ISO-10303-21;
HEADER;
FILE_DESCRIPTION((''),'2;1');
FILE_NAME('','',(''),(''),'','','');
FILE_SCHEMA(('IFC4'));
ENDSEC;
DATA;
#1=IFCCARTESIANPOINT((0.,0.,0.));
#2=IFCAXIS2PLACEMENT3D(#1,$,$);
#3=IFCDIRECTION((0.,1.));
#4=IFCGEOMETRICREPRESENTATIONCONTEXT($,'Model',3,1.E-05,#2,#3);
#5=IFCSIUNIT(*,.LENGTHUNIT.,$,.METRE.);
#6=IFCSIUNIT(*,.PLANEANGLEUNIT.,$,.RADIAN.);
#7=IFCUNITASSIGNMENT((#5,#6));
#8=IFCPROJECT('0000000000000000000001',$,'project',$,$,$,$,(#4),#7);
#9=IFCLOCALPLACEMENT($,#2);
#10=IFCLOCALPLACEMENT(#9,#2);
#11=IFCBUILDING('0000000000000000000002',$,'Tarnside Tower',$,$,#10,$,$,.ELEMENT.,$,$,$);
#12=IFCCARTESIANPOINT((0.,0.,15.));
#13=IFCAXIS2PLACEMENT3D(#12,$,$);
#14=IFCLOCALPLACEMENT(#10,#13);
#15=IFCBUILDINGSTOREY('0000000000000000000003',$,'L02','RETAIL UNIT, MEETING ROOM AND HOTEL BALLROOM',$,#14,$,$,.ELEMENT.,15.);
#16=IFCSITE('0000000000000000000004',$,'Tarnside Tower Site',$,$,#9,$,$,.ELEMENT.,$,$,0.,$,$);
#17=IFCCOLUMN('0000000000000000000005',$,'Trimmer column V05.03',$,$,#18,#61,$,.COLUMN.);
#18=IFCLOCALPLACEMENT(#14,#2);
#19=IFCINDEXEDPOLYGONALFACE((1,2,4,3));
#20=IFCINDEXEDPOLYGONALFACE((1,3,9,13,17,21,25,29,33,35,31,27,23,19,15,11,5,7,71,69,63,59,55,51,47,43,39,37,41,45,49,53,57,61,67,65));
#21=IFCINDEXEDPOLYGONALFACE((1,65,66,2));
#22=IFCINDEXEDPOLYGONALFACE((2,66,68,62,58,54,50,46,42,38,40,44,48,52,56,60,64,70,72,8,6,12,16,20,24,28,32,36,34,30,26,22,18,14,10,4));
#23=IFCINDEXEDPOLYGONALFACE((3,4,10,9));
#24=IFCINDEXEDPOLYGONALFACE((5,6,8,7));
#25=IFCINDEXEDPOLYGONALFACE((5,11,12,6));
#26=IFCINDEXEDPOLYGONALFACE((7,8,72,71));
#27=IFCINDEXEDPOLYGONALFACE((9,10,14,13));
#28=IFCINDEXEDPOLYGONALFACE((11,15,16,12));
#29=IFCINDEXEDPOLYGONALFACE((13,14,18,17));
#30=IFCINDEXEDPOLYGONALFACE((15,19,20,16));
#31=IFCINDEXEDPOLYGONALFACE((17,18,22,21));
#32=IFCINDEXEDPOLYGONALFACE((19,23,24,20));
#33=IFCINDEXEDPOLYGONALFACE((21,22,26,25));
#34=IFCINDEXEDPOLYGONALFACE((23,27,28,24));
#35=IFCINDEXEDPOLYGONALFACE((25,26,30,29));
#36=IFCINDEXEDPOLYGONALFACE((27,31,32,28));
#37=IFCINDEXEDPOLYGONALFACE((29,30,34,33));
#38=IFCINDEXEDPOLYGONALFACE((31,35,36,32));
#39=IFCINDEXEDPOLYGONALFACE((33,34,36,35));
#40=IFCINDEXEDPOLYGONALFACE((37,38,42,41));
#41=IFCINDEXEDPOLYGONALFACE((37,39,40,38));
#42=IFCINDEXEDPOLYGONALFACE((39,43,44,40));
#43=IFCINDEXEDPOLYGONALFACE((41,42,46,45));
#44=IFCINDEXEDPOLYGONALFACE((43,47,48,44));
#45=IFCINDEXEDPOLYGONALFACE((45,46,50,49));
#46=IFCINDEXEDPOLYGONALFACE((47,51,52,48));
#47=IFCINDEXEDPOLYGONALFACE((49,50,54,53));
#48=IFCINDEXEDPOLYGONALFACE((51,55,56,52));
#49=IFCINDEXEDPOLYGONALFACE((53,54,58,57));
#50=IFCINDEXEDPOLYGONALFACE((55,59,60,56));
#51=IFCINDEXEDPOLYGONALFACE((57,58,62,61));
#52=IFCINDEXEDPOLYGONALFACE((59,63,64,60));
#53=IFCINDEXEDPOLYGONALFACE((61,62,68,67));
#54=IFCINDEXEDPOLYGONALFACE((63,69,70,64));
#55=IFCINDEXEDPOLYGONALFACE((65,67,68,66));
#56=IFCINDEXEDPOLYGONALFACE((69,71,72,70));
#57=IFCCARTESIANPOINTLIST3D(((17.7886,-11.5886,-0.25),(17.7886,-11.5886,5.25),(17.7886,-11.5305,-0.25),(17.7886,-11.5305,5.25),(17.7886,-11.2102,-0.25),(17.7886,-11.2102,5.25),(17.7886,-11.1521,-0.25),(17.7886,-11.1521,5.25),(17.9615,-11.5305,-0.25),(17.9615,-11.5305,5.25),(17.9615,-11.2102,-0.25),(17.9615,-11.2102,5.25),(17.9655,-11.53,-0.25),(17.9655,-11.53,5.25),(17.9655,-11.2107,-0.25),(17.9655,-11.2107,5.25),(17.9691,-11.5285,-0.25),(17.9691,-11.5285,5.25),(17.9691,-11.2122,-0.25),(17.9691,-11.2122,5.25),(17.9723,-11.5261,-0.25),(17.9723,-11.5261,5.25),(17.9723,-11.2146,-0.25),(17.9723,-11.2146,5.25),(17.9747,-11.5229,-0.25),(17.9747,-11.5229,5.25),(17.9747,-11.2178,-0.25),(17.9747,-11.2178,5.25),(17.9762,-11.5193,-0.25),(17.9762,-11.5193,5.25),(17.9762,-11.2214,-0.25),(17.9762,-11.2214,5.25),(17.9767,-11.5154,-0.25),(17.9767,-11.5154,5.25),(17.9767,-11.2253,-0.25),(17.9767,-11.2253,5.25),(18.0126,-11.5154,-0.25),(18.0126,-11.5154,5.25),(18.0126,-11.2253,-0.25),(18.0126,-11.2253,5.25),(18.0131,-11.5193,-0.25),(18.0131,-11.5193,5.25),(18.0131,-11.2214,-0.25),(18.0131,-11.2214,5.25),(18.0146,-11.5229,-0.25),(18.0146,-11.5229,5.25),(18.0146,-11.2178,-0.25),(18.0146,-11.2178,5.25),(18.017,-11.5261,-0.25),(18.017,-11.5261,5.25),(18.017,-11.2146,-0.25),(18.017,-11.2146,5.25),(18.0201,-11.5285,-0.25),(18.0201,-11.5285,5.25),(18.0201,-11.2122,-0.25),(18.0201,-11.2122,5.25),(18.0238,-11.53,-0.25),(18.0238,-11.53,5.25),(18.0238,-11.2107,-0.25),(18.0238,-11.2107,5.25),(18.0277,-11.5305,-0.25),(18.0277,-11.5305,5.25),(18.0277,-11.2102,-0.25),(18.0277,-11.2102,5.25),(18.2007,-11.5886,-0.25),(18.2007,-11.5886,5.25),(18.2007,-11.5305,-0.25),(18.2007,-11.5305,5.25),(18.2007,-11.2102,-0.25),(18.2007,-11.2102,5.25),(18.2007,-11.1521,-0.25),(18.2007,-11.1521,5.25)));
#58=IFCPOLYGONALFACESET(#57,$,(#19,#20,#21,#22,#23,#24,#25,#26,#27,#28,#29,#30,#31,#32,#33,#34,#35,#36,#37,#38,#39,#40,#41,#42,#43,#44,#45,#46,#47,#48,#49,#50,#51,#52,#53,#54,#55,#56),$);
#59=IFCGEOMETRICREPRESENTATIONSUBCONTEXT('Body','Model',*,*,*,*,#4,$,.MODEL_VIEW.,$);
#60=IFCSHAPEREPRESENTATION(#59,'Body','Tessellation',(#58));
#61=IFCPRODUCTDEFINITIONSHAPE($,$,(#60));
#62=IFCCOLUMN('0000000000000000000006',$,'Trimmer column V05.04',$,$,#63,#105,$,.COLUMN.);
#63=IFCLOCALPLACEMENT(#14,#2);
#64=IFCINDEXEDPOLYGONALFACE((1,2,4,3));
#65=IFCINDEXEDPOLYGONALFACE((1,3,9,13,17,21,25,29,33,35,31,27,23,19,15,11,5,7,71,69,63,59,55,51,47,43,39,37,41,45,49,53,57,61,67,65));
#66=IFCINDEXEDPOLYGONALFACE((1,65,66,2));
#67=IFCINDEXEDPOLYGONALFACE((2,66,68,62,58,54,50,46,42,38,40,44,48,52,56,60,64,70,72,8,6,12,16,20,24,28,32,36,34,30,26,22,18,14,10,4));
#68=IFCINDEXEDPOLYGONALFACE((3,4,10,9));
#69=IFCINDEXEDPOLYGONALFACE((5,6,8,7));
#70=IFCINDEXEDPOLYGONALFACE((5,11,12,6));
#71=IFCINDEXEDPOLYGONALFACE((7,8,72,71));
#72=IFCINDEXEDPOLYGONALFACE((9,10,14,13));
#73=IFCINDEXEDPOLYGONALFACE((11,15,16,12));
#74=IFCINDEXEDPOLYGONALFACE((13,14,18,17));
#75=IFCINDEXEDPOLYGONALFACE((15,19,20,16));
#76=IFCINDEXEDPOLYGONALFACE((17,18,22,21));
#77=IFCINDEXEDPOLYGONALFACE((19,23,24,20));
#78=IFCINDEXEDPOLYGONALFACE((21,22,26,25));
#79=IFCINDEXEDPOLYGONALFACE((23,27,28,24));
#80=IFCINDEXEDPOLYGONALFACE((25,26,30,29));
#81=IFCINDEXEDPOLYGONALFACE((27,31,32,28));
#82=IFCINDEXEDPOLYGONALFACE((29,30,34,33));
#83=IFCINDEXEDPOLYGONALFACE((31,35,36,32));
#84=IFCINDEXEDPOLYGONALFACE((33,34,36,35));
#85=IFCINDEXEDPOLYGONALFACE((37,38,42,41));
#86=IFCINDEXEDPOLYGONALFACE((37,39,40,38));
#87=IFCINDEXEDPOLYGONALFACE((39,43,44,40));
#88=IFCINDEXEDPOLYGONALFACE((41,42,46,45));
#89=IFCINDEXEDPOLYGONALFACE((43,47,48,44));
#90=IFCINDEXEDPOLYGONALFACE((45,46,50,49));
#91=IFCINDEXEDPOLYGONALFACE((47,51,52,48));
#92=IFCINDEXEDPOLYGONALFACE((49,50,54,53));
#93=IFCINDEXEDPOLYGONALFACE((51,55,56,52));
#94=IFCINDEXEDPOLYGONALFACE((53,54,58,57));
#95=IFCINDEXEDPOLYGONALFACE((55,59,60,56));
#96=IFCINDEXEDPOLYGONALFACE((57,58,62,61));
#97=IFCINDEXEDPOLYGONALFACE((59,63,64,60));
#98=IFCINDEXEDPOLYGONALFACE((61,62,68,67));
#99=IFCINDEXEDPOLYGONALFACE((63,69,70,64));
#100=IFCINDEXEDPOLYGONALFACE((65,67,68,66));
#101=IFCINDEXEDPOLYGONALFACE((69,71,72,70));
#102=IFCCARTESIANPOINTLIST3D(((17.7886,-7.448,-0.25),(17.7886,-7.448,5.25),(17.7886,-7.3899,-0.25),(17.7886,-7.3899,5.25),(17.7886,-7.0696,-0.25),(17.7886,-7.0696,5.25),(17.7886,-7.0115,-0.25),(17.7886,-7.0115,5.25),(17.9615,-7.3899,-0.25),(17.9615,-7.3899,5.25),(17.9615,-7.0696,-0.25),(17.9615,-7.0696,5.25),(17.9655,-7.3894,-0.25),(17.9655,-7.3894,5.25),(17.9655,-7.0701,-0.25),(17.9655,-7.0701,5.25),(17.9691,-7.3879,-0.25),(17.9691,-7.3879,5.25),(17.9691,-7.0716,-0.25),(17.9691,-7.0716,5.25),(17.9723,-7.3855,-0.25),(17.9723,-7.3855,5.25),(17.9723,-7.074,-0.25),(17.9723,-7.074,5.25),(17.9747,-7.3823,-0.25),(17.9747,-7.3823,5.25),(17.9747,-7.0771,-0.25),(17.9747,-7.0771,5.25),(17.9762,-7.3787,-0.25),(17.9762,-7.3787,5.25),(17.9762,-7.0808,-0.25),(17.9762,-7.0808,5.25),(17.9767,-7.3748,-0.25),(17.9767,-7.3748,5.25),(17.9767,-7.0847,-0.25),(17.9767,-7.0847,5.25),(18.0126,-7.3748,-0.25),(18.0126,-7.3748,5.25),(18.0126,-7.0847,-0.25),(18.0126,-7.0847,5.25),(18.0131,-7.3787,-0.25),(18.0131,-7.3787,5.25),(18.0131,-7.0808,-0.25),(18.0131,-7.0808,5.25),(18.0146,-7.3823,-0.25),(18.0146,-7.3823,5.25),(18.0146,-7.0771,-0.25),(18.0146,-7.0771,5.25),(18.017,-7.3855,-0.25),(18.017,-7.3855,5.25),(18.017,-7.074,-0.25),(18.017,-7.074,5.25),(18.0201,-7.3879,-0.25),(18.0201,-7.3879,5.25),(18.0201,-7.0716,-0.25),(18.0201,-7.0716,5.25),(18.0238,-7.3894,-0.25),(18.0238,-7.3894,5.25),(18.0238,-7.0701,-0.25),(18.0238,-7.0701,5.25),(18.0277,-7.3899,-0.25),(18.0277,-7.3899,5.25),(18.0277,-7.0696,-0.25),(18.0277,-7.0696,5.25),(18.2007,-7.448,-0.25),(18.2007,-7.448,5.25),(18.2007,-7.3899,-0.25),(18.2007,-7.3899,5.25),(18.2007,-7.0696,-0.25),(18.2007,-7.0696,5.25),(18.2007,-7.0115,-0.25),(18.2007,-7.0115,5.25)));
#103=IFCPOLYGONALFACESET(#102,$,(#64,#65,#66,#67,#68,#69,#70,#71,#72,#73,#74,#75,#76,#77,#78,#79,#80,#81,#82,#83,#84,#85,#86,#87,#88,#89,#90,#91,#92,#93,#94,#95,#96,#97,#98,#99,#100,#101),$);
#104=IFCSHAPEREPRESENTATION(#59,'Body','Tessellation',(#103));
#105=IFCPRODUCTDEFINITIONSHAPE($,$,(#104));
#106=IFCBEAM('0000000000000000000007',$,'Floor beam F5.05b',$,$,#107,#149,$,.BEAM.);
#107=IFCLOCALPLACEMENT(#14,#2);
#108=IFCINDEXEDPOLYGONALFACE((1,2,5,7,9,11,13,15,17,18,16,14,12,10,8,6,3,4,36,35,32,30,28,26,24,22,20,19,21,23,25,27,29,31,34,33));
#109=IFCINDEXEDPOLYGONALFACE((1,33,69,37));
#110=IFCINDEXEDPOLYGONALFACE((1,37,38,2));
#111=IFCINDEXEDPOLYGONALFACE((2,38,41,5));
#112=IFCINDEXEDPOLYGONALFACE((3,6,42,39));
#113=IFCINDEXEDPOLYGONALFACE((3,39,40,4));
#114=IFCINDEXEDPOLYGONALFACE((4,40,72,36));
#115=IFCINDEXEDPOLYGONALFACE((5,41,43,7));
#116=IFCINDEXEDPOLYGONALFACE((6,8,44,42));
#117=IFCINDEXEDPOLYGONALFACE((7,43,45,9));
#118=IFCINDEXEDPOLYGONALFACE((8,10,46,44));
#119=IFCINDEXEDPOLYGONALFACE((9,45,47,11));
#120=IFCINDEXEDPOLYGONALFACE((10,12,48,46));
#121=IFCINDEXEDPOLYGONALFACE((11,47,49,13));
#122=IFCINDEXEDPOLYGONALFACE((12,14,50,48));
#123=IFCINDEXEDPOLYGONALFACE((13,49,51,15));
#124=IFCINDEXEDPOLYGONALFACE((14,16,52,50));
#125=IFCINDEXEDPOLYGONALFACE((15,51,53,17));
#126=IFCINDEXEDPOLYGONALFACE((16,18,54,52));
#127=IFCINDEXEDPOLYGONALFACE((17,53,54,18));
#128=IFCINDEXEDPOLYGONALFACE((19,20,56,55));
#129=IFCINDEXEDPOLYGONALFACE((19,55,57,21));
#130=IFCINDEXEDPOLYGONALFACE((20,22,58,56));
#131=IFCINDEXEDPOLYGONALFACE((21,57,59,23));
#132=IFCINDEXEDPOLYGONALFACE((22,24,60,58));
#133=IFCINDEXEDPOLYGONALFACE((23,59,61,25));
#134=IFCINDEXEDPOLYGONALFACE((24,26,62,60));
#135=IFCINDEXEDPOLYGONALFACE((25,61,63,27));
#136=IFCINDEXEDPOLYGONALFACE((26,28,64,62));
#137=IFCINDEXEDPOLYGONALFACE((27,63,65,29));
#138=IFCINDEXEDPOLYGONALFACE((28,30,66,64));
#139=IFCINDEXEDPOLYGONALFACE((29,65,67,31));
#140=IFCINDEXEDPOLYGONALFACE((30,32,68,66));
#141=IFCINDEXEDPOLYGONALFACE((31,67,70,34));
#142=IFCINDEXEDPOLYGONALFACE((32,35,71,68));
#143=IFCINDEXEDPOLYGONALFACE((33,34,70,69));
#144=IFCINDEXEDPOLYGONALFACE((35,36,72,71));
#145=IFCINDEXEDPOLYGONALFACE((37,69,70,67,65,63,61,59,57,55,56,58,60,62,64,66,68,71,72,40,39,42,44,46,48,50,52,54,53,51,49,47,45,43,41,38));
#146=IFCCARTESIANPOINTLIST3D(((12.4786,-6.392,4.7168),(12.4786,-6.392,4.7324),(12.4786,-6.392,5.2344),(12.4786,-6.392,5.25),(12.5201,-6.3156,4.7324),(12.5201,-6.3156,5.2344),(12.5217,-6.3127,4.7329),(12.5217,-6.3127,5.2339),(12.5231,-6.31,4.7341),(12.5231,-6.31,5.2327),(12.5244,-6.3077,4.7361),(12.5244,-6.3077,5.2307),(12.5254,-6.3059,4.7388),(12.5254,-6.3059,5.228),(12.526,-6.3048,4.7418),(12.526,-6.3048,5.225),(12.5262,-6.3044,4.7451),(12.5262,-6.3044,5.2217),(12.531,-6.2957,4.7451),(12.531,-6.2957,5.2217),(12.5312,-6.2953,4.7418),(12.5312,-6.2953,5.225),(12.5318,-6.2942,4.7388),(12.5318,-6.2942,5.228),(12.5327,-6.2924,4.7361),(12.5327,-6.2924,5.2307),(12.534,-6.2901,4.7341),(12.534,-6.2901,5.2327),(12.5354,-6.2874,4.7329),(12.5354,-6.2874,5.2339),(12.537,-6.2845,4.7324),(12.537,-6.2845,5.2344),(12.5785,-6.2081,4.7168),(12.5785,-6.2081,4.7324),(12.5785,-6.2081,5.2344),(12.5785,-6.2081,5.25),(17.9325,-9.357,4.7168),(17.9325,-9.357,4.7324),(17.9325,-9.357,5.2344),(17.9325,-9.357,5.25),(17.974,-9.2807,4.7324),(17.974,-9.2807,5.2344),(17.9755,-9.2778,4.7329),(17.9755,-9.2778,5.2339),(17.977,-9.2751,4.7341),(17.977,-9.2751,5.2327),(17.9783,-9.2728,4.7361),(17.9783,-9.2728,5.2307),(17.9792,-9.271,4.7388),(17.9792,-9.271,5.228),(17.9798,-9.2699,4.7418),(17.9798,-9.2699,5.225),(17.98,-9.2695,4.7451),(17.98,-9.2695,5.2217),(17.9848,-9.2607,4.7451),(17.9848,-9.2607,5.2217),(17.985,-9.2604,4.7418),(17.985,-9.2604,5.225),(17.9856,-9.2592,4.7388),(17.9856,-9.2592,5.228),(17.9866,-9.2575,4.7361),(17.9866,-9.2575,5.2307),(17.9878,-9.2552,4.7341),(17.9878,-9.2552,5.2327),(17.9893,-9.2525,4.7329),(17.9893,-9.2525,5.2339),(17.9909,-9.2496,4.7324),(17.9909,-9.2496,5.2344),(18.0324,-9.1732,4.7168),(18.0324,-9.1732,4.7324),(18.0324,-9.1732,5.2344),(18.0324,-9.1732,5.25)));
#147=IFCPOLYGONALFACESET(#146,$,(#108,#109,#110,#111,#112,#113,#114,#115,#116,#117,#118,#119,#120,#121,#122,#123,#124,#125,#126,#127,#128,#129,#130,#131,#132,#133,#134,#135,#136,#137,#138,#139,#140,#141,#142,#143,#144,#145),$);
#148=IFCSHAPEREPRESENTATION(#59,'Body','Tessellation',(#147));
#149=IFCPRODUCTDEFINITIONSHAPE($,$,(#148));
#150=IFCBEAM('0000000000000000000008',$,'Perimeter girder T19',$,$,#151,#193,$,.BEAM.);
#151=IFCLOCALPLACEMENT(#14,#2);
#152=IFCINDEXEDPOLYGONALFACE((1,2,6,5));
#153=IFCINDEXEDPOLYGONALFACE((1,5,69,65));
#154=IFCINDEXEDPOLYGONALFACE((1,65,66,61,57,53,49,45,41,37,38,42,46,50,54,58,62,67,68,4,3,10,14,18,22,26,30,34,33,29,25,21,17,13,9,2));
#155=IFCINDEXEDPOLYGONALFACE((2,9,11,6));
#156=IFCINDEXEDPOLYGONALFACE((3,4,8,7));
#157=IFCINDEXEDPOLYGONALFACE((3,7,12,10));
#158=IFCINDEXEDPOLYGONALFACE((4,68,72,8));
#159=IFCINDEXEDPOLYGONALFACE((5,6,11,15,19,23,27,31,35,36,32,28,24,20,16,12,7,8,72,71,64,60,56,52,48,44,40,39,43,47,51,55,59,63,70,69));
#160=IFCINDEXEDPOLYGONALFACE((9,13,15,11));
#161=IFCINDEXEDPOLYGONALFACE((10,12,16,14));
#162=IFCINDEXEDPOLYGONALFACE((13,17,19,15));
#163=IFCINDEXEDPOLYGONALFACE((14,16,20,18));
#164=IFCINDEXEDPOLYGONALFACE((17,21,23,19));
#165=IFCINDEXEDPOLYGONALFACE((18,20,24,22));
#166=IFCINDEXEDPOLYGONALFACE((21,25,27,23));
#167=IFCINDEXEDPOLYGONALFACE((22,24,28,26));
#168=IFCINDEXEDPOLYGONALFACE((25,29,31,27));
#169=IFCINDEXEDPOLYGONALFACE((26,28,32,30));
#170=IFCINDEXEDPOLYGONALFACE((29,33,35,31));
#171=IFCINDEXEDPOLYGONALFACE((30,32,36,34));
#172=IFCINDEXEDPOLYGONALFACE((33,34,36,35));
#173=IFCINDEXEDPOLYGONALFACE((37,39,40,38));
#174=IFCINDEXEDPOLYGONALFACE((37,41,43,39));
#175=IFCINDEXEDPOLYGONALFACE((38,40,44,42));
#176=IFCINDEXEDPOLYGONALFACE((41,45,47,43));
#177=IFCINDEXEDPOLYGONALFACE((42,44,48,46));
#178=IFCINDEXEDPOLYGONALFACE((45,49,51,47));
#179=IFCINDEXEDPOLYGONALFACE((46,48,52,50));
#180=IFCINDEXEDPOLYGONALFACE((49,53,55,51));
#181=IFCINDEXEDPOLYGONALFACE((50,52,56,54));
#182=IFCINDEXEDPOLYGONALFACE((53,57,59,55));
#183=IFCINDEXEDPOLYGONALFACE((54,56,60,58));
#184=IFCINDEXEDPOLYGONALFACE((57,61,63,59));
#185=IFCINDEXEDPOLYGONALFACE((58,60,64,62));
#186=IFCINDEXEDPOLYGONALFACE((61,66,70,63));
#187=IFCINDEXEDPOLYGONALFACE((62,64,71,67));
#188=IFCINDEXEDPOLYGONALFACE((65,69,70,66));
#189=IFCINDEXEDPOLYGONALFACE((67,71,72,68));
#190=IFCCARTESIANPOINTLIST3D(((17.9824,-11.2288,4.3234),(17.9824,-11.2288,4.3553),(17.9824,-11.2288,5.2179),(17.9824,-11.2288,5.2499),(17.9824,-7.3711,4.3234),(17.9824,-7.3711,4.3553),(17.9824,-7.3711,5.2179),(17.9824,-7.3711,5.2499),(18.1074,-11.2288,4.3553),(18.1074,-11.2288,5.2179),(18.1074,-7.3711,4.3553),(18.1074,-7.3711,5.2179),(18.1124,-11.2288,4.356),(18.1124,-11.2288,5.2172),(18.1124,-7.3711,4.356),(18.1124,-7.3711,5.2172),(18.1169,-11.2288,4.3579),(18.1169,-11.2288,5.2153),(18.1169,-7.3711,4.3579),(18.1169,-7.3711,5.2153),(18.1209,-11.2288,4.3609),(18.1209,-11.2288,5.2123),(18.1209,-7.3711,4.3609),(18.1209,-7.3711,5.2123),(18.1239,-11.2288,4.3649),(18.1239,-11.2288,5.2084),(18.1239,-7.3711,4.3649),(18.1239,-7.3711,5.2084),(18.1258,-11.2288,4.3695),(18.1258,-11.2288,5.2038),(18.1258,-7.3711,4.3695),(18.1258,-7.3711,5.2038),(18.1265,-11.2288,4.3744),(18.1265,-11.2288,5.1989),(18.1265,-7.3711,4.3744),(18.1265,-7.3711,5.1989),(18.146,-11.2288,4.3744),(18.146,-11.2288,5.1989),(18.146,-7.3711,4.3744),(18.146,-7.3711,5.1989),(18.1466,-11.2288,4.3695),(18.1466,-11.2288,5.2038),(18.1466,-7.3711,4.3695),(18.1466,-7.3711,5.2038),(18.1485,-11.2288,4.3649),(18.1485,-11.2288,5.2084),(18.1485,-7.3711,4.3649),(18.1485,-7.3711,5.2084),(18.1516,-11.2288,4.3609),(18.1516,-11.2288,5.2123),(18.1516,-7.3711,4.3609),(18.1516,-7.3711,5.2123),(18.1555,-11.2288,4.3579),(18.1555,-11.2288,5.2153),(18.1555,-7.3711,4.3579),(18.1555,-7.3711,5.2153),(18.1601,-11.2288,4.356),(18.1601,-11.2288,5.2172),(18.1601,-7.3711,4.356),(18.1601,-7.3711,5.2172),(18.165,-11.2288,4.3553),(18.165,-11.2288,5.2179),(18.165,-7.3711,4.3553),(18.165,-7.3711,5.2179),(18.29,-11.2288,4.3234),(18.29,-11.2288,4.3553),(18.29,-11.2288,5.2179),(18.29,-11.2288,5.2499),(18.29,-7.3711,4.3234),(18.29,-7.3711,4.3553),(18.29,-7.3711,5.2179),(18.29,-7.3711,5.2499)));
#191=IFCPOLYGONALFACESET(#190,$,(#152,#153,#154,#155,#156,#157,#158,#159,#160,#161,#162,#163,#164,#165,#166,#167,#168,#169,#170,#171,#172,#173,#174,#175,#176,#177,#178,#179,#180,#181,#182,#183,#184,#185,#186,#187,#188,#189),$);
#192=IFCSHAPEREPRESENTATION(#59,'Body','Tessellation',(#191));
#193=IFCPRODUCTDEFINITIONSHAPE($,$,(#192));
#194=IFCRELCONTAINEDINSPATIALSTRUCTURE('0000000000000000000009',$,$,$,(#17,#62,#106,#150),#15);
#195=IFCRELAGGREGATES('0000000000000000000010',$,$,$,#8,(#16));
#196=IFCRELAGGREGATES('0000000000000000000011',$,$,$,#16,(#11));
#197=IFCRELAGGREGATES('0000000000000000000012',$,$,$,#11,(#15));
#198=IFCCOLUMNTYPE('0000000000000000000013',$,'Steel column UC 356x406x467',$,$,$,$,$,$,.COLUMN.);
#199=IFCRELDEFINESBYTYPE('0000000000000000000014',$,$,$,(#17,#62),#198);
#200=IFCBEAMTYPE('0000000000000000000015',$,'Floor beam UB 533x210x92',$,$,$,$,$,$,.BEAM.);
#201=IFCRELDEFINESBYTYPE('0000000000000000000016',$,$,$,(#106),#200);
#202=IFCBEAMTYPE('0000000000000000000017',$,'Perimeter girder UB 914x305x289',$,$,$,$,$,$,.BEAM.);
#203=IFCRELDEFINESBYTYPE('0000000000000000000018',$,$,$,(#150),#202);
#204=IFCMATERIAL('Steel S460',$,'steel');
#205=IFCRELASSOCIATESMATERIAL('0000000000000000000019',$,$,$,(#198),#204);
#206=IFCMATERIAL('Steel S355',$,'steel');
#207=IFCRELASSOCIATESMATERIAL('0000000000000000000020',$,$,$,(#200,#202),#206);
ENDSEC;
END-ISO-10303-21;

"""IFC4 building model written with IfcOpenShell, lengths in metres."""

from ifc_helpers import new_model, si_unit, direction, frame, origin, origin_2d, place, context, subcontext, project, spatial, i_section, extrude, material, material_profile, profile_set, type_object, element, save


model = new_model("IFC4")

# Units and contexts
model_context = context("Model", 3, precision=1e-05, world=origin(), true_north=direction((0.0, 1.0)))
body_context = subcontext(model_context, "Body", "Model", "MODEL_VIEW")
ifc_project = project(units=[si_unit("LENGTHUNIT", "METRE"), si_unit("PLANEANGLEUNIT", "RADIAN")], contexts=[model_context])

# Site, building, storey
site_placement = place(None, origin())
site = spatial("IfcSite", under=ifc_project, at=site_placement, Name="Tarnside Tower Site", CompositionType="ELEMENT", RefElevation=0.0)
building_placement = place(site_placement, origin())
building = spatial("IfcBuilding", under=site, at=building_placement, Name="Tarnside Tower", CompositionType="ELEMENT")
storey_placement = place(building_placement, frame((0.0, 0.0, 15.0)))
storey = spatial("IfcBuildingStorey", under=building, at=storey_placement, Name="L02", Description="RETAIL UNIT, MEETING ROOM AND HOTEL BALLROOM", CompositionType="ELEMENT", Elevation=15.0)

# Columns
ifc_material_1 = material(Name="Steel S460", Category="steel")
ifc_material_profile_1 = material_profile(ifc_material_1, i_section(OverallWidth=0.4121, OverallDepth=0.4365, WebThickness=0.0359, FlangeThickness=0.0581, FilletRadius=0.0151, at=origin_2d()), Name="UC 356x406x467")
ifc_profile_set_1 = profile_set([ifc_material_profile_1], Name="Steel S460")
column_type = type_object("IfcColumnType", Name="Steel column UC 356x406x467", PredefinedType="COLUMN", material=ifc_profile_set_1)
for number, where, z_axis, x_axis, name in (
    (1, (17.9946, -11.3704, -0.25), (0.0, 0.0, 1.0), (1.0, 0.0, 0.0), "Trimmer column V05.03"),
    (2, (17.9946, -7.2297, -0.25), (0.0, 0.0, 1.0), (1.0, 0.0, 0.0), "Trimmer column V05.04"),
):
    element("IfcColumn", number, at=place(storey_placement, frame(where, z_axis=z_axis, x_axis=x_axis)), inside=storey, type_object=column_type, Name=name, PredefinedType="COLUMN", context=body_context, shape_type="SweptSolid", body=[
        extrude(i_section(OverallWidth=0.4121, OverallDepth=0.4365, WebThickness=0.0359, FlangeThickness=0.0581, FilletRadius=0.0151, at=origin_2d()), origin(), (0.0, 0.0, 1.0), 5.5),
    ])

# Beams
ifc_material_2 = material(Name="Steel S355", Category="steel")
ifc_material_profile_2 = material_profile(ifc_material_2, i_section(OverallWidth=0.2092, OverallDepth=0.5332, WebThickness=0.01, FlangeThickness=0.0156, FilletRadius=0.0127, at=origin_2d()), Name="UB 533x210x92")
ifc_profile_set_2 = profile_set([ifc_material_profile_2], Name="Steel S355")
beam_type_1 = type_object("IfcBeamType", Name="Floor beam UB 533x210x92", PredefinedType="BEAM", material=ifc_profile_set_2)
beam_1_placement = place(storey_placement, frame((17.9824, -9.2651, 4.9834), z_axis=(-0.878555, 0.477642, 0.0), x_axis=(-0.477642, -0.878555, 0.0)))
element("IfcBeam", 3, at=beam_1_placement, inside=storey, type_object=beam_type_1, Name="Floor beam F5.05b", PredefinedType="BEAM", context=body_context, shape_type="SweptSolid", body=[
    extrude(i_section(OverallWidth=0.2092, OverallDepth=0.5332, WebThickness=0.01, FlangeThickness=0.0156, FilletRadius=0.0127, at=origin_2d()), origin(), (0.0, 0.0, 1.0), 6.2078),
])
ifc_material_profile_3 = material_profile(ifc_material_2, i_section(OverallWidth=0.3076, OverallDepth=0.9265, WebThickness=0.0195, FlangeThickness=0.032, FilletRadius=0.019, at=origin_2d()), Name="UB 914x305x289")
ifc_profile_set_3 = profile_set([ifc_material_profile_3], Name="Steel S355")
beam_type_2 = type_object("IfcBeamType", Name="Perimeter girder UB 914x305x289", PredefinedType="BEAM", material=ifc_profile_set_3)
beam_2_placement = place(storey_placement, frame((18.1362, -11.2288, 4.7866), z_axis=(0.0, 1.0, 0.0), x_axis=(-1.0, 0.0, 0.0)))
element("IfcBeam", 4, at=beam_2_placement, inside=storey, type_object=beam_type_2, Name="Perimeter girder T19", PredefinedType="BEAM", context=body_context, shape_type="SweptSolid", body=[
    extrude(i_section(OverallWidth=0.3076, OverallDepth=0.9265, WebThickness=0.0195, FlangeThickness=0.032, FilletRadius=0.019, at=origin_2d()), origin(), (0.0, 0.0, 1.0), 3.8577),
])

save(model, "model.ifc")
